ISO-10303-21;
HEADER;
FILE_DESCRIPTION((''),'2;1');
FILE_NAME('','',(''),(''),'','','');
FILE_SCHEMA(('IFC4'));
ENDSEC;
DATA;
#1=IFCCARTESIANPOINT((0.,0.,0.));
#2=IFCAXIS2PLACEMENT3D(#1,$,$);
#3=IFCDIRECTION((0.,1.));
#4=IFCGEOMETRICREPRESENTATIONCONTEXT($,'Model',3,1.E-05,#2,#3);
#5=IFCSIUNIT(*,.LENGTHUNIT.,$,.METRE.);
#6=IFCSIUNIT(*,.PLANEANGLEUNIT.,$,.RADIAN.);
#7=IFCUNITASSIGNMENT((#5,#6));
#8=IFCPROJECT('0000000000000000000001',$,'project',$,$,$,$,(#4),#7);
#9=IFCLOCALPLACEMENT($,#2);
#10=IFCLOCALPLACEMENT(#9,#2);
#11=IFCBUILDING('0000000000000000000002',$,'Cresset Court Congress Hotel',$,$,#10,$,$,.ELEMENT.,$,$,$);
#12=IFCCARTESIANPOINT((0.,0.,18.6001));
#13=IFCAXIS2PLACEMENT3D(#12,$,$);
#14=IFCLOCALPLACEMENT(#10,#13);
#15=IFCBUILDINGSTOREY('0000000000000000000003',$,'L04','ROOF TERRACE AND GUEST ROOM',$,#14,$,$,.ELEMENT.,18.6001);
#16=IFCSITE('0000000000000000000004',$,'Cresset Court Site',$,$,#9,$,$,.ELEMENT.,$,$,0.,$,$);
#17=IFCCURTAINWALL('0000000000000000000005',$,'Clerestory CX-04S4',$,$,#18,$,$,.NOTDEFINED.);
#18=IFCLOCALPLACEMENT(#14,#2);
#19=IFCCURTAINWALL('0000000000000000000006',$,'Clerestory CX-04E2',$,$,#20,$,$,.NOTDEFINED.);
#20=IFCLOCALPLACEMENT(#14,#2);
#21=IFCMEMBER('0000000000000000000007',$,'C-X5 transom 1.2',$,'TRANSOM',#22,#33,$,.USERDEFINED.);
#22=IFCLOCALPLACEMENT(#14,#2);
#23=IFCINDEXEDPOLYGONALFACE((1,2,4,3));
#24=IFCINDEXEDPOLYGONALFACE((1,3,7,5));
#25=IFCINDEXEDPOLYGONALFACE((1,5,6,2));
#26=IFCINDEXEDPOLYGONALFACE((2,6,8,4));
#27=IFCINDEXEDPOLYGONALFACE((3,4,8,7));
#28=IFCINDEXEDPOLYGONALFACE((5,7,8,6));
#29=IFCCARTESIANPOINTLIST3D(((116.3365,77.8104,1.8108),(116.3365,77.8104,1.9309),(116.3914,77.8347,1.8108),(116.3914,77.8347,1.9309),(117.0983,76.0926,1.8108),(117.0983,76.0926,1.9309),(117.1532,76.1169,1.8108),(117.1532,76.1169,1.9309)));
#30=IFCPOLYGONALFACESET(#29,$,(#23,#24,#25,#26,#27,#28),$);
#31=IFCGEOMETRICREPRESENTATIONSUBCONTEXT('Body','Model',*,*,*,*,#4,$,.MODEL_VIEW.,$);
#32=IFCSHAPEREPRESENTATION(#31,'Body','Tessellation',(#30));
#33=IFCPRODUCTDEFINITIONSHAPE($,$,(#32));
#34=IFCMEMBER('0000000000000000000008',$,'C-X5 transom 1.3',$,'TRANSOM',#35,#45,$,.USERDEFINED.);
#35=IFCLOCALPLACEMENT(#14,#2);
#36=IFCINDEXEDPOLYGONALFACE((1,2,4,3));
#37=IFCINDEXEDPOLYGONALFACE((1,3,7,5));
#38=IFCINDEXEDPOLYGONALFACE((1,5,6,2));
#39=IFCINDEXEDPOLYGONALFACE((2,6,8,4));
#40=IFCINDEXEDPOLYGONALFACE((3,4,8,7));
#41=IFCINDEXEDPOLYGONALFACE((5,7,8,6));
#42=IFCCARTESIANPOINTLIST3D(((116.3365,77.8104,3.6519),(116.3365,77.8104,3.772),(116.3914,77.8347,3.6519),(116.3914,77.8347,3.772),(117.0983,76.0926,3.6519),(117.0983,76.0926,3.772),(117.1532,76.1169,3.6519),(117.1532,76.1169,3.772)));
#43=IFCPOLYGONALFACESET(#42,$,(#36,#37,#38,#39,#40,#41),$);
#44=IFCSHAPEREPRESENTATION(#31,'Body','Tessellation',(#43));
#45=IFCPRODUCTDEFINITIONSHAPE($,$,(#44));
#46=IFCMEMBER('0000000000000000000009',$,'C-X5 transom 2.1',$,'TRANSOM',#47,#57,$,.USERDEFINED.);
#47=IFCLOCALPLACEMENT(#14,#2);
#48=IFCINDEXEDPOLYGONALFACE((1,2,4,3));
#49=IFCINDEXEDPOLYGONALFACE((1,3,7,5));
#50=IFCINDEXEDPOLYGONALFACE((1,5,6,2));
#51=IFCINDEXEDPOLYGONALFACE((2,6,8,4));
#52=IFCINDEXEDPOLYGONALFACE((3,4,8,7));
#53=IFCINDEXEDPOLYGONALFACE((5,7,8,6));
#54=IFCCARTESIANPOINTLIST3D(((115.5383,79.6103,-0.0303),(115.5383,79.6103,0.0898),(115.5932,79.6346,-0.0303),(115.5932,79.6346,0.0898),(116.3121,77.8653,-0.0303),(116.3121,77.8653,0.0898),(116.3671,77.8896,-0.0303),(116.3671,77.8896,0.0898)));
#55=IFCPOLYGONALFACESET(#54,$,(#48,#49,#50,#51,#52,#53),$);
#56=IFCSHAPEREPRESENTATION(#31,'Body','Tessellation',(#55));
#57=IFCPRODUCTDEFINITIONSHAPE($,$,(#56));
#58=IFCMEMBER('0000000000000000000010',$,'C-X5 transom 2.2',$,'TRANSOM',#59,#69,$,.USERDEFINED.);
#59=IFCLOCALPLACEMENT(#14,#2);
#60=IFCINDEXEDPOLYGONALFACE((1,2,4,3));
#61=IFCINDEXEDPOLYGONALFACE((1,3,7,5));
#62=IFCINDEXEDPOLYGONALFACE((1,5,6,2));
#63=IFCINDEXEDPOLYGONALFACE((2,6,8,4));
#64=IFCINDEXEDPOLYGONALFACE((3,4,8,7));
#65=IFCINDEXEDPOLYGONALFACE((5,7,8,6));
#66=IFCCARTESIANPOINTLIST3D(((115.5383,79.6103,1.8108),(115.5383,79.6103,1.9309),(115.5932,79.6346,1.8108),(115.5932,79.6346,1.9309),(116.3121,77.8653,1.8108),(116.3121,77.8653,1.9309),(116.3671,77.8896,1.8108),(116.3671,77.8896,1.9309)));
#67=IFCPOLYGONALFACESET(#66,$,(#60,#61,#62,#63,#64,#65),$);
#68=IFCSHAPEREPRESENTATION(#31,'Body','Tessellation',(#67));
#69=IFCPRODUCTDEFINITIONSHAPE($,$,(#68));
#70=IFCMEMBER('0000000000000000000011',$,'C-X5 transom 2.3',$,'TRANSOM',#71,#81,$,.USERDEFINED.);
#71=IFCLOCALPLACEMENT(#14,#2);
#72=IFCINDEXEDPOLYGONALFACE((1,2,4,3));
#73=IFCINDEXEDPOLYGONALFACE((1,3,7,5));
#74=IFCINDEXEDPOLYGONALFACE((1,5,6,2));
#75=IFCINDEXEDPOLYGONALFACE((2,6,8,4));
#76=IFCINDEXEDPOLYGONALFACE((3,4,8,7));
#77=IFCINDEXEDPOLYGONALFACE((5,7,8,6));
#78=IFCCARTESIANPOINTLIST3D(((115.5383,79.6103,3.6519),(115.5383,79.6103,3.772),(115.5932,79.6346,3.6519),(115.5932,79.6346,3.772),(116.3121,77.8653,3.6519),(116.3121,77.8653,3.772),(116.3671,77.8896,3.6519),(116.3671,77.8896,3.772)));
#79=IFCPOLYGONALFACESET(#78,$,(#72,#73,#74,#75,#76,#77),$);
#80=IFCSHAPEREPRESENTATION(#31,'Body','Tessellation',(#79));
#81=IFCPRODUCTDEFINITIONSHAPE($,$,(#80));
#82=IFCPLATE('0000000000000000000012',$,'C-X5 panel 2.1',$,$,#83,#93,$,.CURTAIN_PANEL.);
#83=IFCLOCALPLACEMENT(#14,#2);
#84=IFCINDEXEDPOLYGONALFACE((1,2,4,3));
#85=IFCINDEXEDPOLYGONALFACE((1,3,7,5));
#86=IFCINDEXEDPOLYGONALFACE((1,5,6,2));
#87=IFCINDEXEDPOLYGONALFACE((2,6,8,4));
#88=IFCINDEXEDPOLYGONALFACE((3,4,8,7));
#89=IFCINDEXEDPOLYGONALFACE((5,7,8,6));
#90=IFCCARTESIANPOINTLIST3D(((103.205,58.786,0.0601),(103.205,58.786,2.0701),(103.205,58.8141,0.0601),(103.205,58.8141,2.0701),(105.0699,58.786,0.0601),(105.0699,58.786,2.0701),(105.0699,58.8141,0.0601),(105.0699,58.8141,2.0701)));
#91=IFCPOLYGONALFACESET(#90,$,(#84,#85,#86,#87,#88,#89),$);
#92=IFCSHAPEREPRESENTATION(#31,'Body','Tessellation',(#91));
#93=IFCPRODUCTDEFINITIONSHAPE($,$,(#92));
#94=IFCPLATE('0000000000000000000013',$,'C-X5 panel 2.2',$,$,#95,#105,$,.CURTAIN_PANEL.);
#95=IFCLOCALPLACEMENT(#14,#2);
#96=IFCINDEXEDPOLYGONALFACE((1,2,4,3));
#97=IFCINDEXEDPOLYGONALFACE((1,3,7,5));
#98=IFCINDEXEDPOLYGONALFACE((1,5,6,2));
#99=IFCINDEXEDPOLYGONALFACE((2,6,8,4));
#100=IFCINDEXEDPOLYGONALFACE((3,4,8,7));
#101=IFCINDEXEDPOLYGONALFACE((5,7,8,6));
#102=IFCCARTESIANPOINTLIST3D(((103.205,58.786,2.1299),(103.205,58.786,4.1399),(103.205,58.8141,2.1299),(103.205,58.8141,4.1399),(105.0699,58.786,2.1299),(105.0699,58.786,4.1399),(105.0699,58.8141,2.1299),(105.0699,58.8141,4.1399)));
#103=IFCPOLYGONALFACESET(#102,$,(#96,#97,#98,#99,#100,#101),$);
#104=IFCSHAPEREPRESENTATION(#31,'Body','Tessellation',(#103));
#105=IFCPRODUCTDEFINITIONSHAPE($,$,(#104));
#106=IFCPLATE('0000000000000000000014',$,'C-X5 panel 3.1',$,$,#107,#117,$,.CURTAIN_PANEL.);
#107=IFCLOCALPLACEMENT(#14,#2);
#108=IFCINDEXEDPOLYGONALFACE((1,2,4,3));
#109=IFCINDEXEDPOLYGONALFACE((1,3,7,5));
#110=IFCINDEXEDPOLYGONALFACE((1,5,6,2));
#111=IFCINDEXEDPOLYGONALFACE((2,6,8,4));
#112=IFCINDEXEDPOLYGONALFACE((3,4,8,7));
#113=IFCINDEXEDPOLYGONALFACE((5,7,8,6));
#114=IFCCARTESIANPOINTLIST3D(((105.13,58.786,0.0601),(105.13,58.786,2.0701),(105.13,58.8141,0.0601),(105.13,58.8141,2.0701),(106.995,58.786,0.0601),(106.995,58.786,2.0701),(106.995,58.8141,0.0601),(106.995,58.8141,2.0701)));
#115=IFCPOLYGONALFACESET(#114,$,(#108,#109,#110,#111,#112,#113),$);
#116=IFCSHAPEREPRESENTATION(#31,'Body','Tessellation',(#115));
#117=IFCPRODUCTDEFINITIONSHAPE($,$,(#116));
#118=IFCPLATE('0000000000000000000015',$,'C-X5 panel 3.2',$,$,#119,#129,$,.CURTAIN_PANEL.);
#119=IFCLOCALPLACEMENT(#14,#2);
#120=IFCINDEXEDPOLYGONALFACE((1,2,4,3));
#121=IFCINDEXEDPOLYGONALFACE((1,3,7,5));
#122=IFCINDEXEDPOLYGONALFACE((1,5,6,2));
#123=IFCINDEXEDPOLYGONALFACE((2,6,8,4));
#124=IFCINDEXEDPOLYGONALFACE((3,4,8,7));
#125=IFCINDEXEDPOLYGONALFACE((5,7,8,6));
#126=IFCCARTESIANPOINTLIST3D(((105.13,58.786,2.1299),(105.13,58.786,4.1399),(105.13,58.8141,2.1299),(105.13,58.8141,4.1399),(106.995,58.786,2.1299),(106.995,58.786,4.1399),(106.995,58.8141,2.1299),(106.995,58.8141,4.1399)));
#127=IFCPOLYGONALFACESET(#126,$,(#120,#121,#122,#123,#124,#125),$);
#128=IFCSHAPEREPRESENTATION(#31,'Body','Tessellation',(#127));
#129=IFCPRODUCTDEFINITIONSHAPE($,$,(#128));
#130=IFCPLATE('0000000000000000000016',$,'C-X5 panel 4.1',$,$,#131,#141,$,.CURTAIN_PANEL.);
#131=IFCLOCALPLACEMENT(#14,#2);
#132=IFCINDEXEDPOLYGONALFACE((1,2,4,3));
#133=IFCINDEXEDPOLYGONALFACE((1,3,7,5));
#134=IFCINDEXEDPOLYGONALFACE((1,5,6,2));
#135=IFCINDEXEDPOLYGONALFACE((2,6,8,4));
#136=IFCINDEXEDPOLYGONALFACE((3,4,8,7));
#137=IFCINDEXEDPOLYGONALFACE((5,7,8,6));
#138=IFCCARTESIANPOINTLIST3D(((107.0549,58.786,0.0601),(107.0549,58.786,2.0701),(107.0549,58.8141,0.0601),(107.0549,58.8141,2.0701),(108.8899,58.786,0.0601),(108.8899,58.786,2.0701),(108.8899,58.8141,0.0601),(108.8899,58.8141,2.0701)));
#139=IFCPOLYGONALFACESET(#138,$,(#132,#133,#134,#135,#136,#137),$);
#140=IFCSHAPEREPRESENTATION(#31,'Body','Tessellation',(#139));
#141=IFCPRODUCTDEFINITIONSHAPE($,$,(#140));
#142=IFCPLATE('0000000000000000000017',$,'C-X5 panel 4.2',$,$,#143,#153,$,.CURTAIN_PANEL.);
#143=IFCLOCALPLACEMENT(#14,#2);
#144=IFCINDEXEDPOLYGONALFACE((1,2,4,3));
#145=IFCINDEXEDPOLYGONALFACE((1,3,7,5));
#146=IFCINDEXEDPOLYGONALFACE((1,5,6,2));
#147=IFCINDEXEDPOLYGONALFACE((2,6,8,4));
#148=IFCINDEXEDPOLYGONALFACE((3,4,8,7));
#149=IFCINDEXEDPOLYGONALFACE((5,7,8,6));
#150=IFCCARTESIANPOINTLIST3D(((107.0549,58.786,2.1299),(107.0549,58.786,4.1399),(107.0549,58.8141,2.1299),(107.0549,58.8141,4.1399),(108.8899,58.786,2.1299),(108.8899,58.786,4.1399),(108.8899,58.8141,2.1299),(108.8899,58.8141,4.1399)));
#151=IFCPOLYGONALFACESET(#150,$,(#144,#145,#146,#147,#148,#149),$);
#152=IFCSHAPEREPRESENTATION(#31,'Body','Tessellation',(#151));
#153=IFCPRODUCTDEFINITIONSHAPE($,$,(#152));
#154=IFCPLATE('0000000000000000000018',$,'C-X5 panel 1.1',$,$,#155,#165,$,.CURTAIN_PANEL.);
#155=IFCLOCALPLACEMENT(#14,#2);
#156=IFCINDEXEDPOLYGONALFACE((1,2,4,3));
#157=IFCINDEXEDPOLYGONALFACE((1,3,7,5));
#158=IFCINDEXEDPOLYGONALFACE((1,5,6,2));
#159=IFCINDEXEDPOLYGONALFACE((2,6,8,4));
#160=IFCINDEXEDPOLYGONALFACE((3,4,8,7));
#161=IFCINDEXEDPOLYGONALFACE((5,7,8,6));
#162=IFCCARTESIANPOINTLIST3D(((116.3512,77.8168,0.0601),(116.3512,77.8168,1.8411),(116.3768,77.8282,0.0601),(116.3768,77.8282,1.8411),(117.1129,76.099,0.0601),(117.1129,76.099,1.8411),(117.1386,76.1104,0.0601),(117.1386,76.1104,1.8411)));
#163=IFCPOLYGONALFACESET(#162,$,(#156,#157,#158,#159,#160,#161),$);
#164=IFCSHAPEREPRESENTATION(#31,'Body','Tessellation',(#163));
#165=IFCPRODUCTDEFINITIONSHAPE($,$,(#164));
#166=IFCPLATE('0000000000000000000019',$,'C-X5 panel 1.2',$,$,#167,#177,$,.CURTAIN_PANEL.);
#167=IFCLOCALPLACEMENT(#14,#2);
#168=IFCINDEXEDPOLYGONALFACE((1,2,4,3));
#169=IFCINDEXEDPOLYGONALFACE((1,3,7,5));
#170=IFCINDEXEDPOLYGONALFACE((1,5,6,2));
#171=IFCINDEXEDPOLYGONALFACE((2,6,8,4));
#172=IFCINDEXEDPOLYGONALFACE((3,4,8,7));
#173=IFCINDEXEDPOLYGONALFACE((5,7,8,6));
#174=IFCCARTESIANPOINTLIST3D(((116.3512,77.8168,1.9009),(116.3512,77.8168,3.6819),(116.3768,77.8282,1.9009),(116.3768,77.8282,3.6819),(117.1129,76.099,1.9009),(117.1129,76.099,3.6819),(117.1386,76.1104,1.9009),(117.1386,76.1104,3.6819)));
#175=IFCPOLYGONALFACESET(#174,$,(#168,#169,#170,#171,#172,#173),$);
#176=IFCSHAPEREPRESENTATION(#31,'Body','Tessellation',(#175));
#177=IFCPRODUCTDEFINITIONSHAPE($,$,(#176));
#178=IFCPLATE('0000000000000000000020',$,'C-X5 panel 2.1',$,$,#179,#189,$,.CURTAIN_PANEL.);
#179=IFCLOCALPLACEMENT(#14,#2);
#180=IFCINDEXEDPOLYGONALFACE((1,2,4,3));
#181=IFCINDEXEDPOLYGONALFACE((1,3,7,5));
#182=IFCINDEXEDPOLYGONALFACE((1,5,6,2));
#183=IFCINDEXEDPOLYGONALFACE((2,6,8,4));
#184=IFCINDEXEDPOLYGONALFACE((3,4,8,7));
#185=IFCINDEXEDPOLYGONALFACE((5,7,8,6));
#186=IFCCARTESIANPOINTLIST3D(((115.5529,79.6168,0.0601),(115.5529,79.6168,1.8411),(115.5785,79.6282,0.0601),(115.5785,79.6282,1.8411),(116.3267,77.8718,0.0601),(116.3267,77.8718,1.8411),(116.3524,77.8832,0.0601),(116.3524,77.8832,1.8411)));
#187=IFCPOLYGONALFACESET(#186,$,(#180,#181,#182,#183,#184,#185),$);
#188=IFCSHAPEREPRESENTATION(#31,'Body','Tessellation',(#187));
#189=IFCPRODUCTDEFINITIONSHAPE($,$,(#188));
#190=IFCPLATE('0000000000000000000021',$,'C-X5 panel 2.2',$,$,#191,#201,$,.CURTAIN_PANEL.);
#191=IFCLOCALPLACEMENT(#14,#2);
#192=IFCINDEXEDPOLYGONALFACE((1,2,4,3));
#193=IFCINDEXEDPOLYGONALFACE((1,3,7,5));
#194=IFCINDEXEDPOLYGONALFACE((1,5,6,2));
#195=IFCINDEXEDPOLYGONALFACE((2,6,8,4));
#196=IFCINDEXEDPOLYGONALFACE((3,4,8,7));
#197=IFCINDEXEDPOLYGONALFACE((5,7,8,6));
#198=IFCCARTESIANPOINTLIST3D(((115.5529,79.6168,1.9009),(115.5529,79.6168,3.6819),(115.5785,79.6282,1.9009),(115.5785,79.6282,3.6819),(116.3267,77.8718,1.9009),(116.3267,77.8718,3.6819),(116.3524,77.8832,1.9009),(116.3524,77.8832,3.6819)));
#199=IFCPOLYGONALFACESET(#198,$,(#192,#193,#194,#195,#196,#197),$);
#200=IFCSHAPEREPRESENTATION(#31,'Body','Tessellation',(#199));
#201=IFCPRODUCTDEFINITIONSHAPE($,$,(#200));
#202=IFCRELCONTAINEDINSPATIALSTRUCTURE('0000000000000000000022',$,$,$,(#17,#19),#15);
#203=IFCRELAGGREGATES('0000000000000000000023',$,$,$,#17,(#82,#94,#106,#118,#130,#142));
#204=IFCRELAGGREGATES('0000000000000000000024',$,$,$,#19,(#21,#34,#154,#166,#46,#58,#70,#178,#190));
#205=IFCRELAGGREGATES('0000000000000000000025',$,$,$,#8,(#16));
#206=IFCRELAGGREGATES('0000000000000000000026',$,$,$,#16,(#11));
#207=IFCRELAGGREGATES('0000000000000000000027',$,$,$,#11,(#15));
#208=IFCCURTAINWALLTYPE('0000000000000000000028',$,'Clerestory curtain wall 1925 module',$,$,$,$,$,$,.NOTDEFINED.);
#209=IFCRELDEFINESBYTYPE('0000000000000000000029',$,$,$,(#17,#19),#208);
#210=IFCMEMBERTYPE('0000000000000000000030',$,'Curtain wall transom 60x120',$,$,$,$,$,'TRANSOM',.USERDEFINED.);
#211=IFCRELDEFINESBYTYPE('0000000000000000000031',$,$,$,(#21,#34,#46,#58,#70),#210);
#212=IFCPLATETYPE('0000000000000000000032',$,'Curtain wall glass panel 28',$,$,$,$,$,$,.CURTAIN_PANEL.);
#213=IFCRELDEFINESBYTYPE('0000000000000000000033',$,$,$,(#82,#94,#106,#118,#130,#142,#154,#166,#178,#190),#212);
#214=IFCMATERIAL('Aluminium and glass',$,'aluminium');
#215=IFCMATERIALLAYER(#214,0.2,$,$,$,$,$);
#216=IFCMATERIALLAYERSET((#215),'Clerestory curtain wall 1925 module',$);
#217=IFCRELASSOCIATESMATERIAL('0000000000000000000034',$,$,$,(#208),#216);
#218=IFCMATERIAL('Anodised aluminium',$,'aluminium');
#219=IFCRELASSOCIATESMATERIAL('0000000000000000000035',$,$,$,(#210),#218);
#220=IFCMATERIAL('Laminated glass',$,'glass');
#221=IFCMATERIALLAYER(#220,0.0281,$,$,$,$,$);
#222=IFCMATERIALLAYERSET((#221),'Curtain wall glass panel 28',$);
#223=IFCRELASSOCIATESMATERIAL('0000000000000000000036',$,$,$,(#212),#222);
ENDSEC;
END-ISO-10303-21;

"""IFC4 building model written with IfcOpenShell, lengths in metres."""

from ifc_helpers import new_model, si_unit, direction, frame, origin, origin_2d, place, context, subcontext, project, spatial, rectangle, extrude, material, layer, layer_set, material_profile, profile_set, type_object, element, aggregate, save


model = new_model("IFC4")

# Units and contexts
model_context = context("Model", 3, precision=1e-05, world=origin(), true_north=direction((0.0, 1.0)))
body_context = subcontext(model_context, "Body", "Model", "MODEL_VIEW")
ifc_project = project(units=[si_unit("LENGTHUNIT", "METRE"), si_unit("PLANEANGLEUNIT", "RADIAN")], contexts=[model_context])

# Site, building, storey
site_placement = place(None, origin())
site = spatial("IfcSite", under=ifc_project, at=site_placement, Name="Cresset Court Site", CompositionType="ELEMENT", RefElevation=0.0)
building_placement = place(site_placement, origin())
building = spatial("IfcBuilding", under=site, at=building_placement, Name="Cresset Court Congress Hotel", CompositionType="ELEMENT")
storey_placement = place(building_placement, frame((0.0, 0.0, 18.6001)))
storey = spatial("IfcBuildingStorey", under=building, at=storey_placement, Name="L04", Description="ROOF TERRACE AND GUEST ROOM", CompositionType="ELEMENT", Elevation=18.6001)

# Curtain walls
ifc_material_1 = material(Name="Aluminium and glass", Category="aluminium")
ifc_layer_1 = layer(ifc_material_1, 0.2)
ifc_layer_set_1 = layer_set([ifc_layer_1], Name="Clerestory curtain wall 1925 module")
curtain_wall_type = type_object("IfcCurtainWallType", Name="Clerestory curtain wall 1925 module", PredefinedType="NOTDEFINED", material=ifc_layer_set_1)
curtain_wall_1_placement = place(storey_placement, origin())
curtain_wall_1 = element("IfcCurtainWall", 1, at=curtain_wall_1_placement, inside=storey, type_object=curtain_wall_type, Name="Clerestory CX-04S4", PredefinedType="NOTDEFINED")
curtain_wall_2_placement = place(storey_placement, origin())
curtain_wall_2 = element("IfcCurtainWall", 2, at=curtain_wall_2_placement, inside=storey, type_object=curtain_wall_type, Name="Clerestory CX-04E2", PredefinedType="NOTDEFINED")

# Members
ifc_material_2 = material(Name="Anodised aluminium", Category="aluminium")
ifc_material_profile_1 = material_profile(ifc_material_2, rectangle(XDim=0.0601, YDim=0.1201, at=origin_2d()), Name="AL60x120")
ifc_profile_set_1 = profile_set([ifc_material_profile_1], Name="Anodised aluminium")
member_type_1 = type_object("IfcMemberType", Name="Curtain wall transom 60x120", ElementType="TRANSOM", PredefinedType="USERDEFINED", material=ifc_profile_set_1)
member_1_placement = place(storey_placement, frame((117.1257, 76.1047, 1.8708), z_axis=(-0.405367, 0.914154, 0.0), x_axis=(-0.914154, -0.405367, 0.0)))
member_1 = element("IfcMember", 3, at=member_1_placement, type_object=member_type_1, Name="C-X5 transom 1.2", ObjectType="TRANSOM", PredefinedType="USERDEFINED", context=body_context, shape_type="SweptSolid", body=[
    extrude(rectangle(XDim=0.0601, YDim=0.1201, at=origin_2d()), origin(), (0.0, 0.0, 1.0), 1.8792),
])
member_2_placement = place(storey_placement, frame((117.1257, 76.1047, 3.7119), z_axis=(-0.405367, 0.914154, 0.0), x_axis=(-0.914154, -0.405367, 0.0)))
member_2 = element("IfcMember", 4, at=member_2_placement, type_object=member_type_1, Name="C-X5 transom 1.3", ObjectType="TRANSOM", PredefinedType="USERDEFINED", context=body_context, shape_type="SweptSolid", body=[
    extrude(rectangle(XDim=0.0601, YDim=0.1201, at=origin_2d()), origin(), (0.0, 0.0, 1.0), 1.8792),
])
member_3_placement = place(storey_placement, frame((116.3396, 77.8774, 0.0298), z_axis=(-0.405403, 0.914138, 0.0), x_axis=(-0.914138, -0.405403, 0.0)))
member_3 = element("IfcMember", 5, at=member_3_placement, type_object=member_type_1, Name="C-X5 transom 2.1", ObjectType="TRANSOM", PredefinedType="USERDEFINED", context=body_context, shape_type="SweptSolid", body=[
    extrude(rectangle(XDim=0.0601, YDim=0.1201, at=origin_2d()), origin(), (0.0, 0.0, 1.0), 1.9089),
])
member_4_placement = place(storey_placement, frame((116.3396, 77.8774, 1.8708), z_axis=(-0.405403, 0.914138, 0.0), x_axis=(-0.914138, -0.405403, 0.0)))
member_4 = element("IfcMember", 6, at=member_4_placement, type_object=member_type_1, Name="C-X5 transom 2.2", ObjectType="TRANSOM", PredefinedType="USERDEFINED", context=body_context, shape_type="SweptSolid", body=[
    extrude(rectangle(XDim=0.0601, YDim=0.1201, at=origin_2d()), origin(), (0.0, 0.0, 1.0), 1.9089),
])
member_5_placement = place(storey_placement, frame((116.3396, 77.8774, 3.7119), z_axis=(-0.405403, 0.914138, 0.0), x_axis=(-0.914138, -0.405403, 0.0)))
member_5 = element("IfcMember", 7, at=member_5_placement, type_object=member_type_1, Name="C-X5 transom 2.3", ObjectType="TRANSOM", PredefinedType="USERDEFINED", context=body_context, shape_type="SweptSolid", body=[
    extrude(rectangle(XDim=0.0601, YDim=0.1201, at=origin_2d()), origin(), (0.0, 0.0, 1.0), 1.9089),
])

# Plates
ifc_material_3 = material(Name="Laminated glass", Category="glass")
ifc_layer_2 = layer(ifc_material_3, 0.0281)
ifc_layer_set_2 = layer_set([ifc_layer_2], Name="Curtain wall glass panel 28")
plate_type = type_object("IfcPlateType", Name="Curtain wall glass panel 28", PredefinedType="CURTAIN_PANEL", material=ifc_layer_set_2)
plate_1_placement = place(storey_placement, frame((104.1375, 58.8, 0.0601), z_axis=(0.0, 0.0, 1.0), x_axis=(1.0, 0.0, 0.0)))
plate_1 = element("IfcPlate", 8, at=plate_1_placement, type_object=plate_type, Name="C-X5 panel 2.1", PredefinedType="CURTAIN_PANEL", context=body_context, shape_type="SweptSolid", body=[
    extrude(rectangle(XDim=1.865, YDim=0.0281, at=origin_2d()), origin(), (0.0, 0.0, 1.0), 2.01),
])
plate_2_placement = place(storey_placement, frame((104.1375, 58.8, 2.1299), z_axis=(0.0, 0.0, 1.0), x_axis=(1.0, 0.0, 0.0)))
plate_2 = element("IfcPlate", 9, at=plate_2_placement, type_object=plate_type, Name="C-X5 panel 2.2", PredefinedType="CURTAIN_PANEL", context=body_context, shape_type="SweptSolid", body=[
    extrude(rectangle(XDim=1.865, YDim=0.0281, at=origin_2d()), origin(), (0.0, 0.0, 1.0), 2.01),
])
plate_3_placement = place(storey_placement, frame((106.0625, 58.8, 0.0601), z_axis=(0.0, 0.0, 1.0), x_axis=(1.0, 0.0, 0.0)))
plate_3 = element("IfcPlate", 10, at=plate_3_placement, type_object=plate_type, Name="C-X5 panel 3.1", PredefinedType="CURTAIN_PANEL", context=body_context, shape_type="SweptSolid", body=[
    extrude(rectangle(XDim=1.865, YDim=0.0281, at=origin_2d()), origin(), (0.0, 0.0, 1.0), 2.01),
])
plate_4_placement = place(storey_placement, frame((106.0625, 58.8, 2.1299), z_axis=(0.0, 0.0, 1.0), x_axis=(1.0, 0.0, 0.0)))
plate_4 = element("IfcPlate", 11, at=plate_4_placement, type_object=plate_type, Name="C-X5 panel 3.2", PredefinedType="CURTAIN_PANEL", context=body_context, shape_type="SweptSolid", body=[
    extrude(rectangle(XDim=1.865, YDim=0.0281, at=origin_2d()), origin(), (0.0, 0.0, 1.0), 2.01),
])
plate_5_placement = place(storey_placement, frame((107.9724, 58.8, 0.0601), z_axis=(0.0, 0.0, 1.0), x_axis=(1.0, 0.0, 0.0)))
plate_5 = element("IfcPlate", 12, at=plate_5_placement, type_object=plate_type, Name="C-X5 panel 4.1", PredefinedType="CURTAIN_PANEL", context=body_context, shape_type="SweptSolid", body=[
    extrude(rectangle(XDim=1.835, YDim=0.0281, at=origin_2d()), origin(), (0.0, 0.0, 1.0), 2.01),
])
plate_6_placement = place(storey_placement, frame((107.9724, 58.8, 2.1299), z_axis=(0.0, 0.0, 1.0), x_axis=(1.0, 0.0, 0.0)))
plate_6 = element("IfcPlate", 13, at=plate_6_placement, type_object=plate_type, Name="C-X5 panel 4.2", PredefinedType="CURTAIN_PANEL", context=body_context, shape_type="SweptSolid", body=[
    extrude(rectangle(XDim=1.835, YDim=0.0281, at=origin_2d()), origin(), (0.0, 0.0, 1.0), 2.01),
])
aggregate(curtain_wall_1, [plate_1, plate_2, plate_3, plate_4, plate_5, plate_6])
plate_7_placement = place(storey_placement, frame((116.7449, 76.9636, 0.0601), z_axis=(0.0, 0.0, 1.0), x_axis=(-0.405381, 0.914148, 0.0)))
plate_7 = element("IfcPlate", 14, at=plate_7_placement, type_object=plate_type, Name="C-X5 panel 1.1", PredefinedType="CURTAIN_PANEL", context=body_context, shape_type="SweptSolid", body=[
    extrude(rectangle(XDim=1.8792, YDim=0.0281, at=origin_2d()), origin(), (0.0, 0.0, 1.0), 1.781),
])
plate_8_placement = place(storey_placement, frame((116.7449, 76.9636, 1.9009), z_axis=(0.0, 0.0, 1.0), x_axis=(-0.405381, 0.914148, 0.0)))
plate_8 = element("IfcPlate", 15, at=plate_8_placement, type_object=plate_type, Name="C-X5 panel 1.2", PredefinedType="CURTAIN_PANEL", context=body_context, shape_type="SweptSolid", body=[
    extrude(rectangle(XDim=1.8792, YDim=0.0281, at=origin_2d()), origin(), (0.0, 0.0, 1.0), 1.781),
])
plate_9_placement = place(storey_placement, frame((115.9526, 78.75, 0.0601), z_axis=(0.0, 0.0, 1.0), x_axis=(-0.405381, 0.914148, 0.0)))
plate_9 = element("IfcPlate", 16, at=plate_9_placement, type_object=plate_type, Name="C-X5 panel 2.1", PredefinedType="CURTAIN_PANEL", context=body_context, shape_type="SweptSolid", body=[
    extrude(rectangle(XDim=1.9089, YDim=0.0281, at=origin_2d()), origin(), (0.0, 0.0, 1.0), 1.781),
])
plate_10_placement = place(storey_placement, frame((115.9526, 78.75, 1.9009), z_axis=(0.0, 0.0, 1.0), x_axis=(-0.405381, 0.914148, 0.0)))
plate_10 = element("IfcPlate", 17, at=plate_10_placement, type_object=plate_type, Name="C-X5 panel 2.2", PredefinedType="CURTAIN_PANEL", context=body_context, shape_type="SweptSolid", body=[
    extrude(rectangle(XDim=1.9089, YDim=0.0281, at=origin_2d()), origin(), (0.0, 0.0, 1.0), 1.781),
])
aggregate(curtain_wall_2, [member_1, member_2, plate_7, plate_8, member_3, member_4, member_5, plate_9, plate_10])

save(model, "model.ifc")
